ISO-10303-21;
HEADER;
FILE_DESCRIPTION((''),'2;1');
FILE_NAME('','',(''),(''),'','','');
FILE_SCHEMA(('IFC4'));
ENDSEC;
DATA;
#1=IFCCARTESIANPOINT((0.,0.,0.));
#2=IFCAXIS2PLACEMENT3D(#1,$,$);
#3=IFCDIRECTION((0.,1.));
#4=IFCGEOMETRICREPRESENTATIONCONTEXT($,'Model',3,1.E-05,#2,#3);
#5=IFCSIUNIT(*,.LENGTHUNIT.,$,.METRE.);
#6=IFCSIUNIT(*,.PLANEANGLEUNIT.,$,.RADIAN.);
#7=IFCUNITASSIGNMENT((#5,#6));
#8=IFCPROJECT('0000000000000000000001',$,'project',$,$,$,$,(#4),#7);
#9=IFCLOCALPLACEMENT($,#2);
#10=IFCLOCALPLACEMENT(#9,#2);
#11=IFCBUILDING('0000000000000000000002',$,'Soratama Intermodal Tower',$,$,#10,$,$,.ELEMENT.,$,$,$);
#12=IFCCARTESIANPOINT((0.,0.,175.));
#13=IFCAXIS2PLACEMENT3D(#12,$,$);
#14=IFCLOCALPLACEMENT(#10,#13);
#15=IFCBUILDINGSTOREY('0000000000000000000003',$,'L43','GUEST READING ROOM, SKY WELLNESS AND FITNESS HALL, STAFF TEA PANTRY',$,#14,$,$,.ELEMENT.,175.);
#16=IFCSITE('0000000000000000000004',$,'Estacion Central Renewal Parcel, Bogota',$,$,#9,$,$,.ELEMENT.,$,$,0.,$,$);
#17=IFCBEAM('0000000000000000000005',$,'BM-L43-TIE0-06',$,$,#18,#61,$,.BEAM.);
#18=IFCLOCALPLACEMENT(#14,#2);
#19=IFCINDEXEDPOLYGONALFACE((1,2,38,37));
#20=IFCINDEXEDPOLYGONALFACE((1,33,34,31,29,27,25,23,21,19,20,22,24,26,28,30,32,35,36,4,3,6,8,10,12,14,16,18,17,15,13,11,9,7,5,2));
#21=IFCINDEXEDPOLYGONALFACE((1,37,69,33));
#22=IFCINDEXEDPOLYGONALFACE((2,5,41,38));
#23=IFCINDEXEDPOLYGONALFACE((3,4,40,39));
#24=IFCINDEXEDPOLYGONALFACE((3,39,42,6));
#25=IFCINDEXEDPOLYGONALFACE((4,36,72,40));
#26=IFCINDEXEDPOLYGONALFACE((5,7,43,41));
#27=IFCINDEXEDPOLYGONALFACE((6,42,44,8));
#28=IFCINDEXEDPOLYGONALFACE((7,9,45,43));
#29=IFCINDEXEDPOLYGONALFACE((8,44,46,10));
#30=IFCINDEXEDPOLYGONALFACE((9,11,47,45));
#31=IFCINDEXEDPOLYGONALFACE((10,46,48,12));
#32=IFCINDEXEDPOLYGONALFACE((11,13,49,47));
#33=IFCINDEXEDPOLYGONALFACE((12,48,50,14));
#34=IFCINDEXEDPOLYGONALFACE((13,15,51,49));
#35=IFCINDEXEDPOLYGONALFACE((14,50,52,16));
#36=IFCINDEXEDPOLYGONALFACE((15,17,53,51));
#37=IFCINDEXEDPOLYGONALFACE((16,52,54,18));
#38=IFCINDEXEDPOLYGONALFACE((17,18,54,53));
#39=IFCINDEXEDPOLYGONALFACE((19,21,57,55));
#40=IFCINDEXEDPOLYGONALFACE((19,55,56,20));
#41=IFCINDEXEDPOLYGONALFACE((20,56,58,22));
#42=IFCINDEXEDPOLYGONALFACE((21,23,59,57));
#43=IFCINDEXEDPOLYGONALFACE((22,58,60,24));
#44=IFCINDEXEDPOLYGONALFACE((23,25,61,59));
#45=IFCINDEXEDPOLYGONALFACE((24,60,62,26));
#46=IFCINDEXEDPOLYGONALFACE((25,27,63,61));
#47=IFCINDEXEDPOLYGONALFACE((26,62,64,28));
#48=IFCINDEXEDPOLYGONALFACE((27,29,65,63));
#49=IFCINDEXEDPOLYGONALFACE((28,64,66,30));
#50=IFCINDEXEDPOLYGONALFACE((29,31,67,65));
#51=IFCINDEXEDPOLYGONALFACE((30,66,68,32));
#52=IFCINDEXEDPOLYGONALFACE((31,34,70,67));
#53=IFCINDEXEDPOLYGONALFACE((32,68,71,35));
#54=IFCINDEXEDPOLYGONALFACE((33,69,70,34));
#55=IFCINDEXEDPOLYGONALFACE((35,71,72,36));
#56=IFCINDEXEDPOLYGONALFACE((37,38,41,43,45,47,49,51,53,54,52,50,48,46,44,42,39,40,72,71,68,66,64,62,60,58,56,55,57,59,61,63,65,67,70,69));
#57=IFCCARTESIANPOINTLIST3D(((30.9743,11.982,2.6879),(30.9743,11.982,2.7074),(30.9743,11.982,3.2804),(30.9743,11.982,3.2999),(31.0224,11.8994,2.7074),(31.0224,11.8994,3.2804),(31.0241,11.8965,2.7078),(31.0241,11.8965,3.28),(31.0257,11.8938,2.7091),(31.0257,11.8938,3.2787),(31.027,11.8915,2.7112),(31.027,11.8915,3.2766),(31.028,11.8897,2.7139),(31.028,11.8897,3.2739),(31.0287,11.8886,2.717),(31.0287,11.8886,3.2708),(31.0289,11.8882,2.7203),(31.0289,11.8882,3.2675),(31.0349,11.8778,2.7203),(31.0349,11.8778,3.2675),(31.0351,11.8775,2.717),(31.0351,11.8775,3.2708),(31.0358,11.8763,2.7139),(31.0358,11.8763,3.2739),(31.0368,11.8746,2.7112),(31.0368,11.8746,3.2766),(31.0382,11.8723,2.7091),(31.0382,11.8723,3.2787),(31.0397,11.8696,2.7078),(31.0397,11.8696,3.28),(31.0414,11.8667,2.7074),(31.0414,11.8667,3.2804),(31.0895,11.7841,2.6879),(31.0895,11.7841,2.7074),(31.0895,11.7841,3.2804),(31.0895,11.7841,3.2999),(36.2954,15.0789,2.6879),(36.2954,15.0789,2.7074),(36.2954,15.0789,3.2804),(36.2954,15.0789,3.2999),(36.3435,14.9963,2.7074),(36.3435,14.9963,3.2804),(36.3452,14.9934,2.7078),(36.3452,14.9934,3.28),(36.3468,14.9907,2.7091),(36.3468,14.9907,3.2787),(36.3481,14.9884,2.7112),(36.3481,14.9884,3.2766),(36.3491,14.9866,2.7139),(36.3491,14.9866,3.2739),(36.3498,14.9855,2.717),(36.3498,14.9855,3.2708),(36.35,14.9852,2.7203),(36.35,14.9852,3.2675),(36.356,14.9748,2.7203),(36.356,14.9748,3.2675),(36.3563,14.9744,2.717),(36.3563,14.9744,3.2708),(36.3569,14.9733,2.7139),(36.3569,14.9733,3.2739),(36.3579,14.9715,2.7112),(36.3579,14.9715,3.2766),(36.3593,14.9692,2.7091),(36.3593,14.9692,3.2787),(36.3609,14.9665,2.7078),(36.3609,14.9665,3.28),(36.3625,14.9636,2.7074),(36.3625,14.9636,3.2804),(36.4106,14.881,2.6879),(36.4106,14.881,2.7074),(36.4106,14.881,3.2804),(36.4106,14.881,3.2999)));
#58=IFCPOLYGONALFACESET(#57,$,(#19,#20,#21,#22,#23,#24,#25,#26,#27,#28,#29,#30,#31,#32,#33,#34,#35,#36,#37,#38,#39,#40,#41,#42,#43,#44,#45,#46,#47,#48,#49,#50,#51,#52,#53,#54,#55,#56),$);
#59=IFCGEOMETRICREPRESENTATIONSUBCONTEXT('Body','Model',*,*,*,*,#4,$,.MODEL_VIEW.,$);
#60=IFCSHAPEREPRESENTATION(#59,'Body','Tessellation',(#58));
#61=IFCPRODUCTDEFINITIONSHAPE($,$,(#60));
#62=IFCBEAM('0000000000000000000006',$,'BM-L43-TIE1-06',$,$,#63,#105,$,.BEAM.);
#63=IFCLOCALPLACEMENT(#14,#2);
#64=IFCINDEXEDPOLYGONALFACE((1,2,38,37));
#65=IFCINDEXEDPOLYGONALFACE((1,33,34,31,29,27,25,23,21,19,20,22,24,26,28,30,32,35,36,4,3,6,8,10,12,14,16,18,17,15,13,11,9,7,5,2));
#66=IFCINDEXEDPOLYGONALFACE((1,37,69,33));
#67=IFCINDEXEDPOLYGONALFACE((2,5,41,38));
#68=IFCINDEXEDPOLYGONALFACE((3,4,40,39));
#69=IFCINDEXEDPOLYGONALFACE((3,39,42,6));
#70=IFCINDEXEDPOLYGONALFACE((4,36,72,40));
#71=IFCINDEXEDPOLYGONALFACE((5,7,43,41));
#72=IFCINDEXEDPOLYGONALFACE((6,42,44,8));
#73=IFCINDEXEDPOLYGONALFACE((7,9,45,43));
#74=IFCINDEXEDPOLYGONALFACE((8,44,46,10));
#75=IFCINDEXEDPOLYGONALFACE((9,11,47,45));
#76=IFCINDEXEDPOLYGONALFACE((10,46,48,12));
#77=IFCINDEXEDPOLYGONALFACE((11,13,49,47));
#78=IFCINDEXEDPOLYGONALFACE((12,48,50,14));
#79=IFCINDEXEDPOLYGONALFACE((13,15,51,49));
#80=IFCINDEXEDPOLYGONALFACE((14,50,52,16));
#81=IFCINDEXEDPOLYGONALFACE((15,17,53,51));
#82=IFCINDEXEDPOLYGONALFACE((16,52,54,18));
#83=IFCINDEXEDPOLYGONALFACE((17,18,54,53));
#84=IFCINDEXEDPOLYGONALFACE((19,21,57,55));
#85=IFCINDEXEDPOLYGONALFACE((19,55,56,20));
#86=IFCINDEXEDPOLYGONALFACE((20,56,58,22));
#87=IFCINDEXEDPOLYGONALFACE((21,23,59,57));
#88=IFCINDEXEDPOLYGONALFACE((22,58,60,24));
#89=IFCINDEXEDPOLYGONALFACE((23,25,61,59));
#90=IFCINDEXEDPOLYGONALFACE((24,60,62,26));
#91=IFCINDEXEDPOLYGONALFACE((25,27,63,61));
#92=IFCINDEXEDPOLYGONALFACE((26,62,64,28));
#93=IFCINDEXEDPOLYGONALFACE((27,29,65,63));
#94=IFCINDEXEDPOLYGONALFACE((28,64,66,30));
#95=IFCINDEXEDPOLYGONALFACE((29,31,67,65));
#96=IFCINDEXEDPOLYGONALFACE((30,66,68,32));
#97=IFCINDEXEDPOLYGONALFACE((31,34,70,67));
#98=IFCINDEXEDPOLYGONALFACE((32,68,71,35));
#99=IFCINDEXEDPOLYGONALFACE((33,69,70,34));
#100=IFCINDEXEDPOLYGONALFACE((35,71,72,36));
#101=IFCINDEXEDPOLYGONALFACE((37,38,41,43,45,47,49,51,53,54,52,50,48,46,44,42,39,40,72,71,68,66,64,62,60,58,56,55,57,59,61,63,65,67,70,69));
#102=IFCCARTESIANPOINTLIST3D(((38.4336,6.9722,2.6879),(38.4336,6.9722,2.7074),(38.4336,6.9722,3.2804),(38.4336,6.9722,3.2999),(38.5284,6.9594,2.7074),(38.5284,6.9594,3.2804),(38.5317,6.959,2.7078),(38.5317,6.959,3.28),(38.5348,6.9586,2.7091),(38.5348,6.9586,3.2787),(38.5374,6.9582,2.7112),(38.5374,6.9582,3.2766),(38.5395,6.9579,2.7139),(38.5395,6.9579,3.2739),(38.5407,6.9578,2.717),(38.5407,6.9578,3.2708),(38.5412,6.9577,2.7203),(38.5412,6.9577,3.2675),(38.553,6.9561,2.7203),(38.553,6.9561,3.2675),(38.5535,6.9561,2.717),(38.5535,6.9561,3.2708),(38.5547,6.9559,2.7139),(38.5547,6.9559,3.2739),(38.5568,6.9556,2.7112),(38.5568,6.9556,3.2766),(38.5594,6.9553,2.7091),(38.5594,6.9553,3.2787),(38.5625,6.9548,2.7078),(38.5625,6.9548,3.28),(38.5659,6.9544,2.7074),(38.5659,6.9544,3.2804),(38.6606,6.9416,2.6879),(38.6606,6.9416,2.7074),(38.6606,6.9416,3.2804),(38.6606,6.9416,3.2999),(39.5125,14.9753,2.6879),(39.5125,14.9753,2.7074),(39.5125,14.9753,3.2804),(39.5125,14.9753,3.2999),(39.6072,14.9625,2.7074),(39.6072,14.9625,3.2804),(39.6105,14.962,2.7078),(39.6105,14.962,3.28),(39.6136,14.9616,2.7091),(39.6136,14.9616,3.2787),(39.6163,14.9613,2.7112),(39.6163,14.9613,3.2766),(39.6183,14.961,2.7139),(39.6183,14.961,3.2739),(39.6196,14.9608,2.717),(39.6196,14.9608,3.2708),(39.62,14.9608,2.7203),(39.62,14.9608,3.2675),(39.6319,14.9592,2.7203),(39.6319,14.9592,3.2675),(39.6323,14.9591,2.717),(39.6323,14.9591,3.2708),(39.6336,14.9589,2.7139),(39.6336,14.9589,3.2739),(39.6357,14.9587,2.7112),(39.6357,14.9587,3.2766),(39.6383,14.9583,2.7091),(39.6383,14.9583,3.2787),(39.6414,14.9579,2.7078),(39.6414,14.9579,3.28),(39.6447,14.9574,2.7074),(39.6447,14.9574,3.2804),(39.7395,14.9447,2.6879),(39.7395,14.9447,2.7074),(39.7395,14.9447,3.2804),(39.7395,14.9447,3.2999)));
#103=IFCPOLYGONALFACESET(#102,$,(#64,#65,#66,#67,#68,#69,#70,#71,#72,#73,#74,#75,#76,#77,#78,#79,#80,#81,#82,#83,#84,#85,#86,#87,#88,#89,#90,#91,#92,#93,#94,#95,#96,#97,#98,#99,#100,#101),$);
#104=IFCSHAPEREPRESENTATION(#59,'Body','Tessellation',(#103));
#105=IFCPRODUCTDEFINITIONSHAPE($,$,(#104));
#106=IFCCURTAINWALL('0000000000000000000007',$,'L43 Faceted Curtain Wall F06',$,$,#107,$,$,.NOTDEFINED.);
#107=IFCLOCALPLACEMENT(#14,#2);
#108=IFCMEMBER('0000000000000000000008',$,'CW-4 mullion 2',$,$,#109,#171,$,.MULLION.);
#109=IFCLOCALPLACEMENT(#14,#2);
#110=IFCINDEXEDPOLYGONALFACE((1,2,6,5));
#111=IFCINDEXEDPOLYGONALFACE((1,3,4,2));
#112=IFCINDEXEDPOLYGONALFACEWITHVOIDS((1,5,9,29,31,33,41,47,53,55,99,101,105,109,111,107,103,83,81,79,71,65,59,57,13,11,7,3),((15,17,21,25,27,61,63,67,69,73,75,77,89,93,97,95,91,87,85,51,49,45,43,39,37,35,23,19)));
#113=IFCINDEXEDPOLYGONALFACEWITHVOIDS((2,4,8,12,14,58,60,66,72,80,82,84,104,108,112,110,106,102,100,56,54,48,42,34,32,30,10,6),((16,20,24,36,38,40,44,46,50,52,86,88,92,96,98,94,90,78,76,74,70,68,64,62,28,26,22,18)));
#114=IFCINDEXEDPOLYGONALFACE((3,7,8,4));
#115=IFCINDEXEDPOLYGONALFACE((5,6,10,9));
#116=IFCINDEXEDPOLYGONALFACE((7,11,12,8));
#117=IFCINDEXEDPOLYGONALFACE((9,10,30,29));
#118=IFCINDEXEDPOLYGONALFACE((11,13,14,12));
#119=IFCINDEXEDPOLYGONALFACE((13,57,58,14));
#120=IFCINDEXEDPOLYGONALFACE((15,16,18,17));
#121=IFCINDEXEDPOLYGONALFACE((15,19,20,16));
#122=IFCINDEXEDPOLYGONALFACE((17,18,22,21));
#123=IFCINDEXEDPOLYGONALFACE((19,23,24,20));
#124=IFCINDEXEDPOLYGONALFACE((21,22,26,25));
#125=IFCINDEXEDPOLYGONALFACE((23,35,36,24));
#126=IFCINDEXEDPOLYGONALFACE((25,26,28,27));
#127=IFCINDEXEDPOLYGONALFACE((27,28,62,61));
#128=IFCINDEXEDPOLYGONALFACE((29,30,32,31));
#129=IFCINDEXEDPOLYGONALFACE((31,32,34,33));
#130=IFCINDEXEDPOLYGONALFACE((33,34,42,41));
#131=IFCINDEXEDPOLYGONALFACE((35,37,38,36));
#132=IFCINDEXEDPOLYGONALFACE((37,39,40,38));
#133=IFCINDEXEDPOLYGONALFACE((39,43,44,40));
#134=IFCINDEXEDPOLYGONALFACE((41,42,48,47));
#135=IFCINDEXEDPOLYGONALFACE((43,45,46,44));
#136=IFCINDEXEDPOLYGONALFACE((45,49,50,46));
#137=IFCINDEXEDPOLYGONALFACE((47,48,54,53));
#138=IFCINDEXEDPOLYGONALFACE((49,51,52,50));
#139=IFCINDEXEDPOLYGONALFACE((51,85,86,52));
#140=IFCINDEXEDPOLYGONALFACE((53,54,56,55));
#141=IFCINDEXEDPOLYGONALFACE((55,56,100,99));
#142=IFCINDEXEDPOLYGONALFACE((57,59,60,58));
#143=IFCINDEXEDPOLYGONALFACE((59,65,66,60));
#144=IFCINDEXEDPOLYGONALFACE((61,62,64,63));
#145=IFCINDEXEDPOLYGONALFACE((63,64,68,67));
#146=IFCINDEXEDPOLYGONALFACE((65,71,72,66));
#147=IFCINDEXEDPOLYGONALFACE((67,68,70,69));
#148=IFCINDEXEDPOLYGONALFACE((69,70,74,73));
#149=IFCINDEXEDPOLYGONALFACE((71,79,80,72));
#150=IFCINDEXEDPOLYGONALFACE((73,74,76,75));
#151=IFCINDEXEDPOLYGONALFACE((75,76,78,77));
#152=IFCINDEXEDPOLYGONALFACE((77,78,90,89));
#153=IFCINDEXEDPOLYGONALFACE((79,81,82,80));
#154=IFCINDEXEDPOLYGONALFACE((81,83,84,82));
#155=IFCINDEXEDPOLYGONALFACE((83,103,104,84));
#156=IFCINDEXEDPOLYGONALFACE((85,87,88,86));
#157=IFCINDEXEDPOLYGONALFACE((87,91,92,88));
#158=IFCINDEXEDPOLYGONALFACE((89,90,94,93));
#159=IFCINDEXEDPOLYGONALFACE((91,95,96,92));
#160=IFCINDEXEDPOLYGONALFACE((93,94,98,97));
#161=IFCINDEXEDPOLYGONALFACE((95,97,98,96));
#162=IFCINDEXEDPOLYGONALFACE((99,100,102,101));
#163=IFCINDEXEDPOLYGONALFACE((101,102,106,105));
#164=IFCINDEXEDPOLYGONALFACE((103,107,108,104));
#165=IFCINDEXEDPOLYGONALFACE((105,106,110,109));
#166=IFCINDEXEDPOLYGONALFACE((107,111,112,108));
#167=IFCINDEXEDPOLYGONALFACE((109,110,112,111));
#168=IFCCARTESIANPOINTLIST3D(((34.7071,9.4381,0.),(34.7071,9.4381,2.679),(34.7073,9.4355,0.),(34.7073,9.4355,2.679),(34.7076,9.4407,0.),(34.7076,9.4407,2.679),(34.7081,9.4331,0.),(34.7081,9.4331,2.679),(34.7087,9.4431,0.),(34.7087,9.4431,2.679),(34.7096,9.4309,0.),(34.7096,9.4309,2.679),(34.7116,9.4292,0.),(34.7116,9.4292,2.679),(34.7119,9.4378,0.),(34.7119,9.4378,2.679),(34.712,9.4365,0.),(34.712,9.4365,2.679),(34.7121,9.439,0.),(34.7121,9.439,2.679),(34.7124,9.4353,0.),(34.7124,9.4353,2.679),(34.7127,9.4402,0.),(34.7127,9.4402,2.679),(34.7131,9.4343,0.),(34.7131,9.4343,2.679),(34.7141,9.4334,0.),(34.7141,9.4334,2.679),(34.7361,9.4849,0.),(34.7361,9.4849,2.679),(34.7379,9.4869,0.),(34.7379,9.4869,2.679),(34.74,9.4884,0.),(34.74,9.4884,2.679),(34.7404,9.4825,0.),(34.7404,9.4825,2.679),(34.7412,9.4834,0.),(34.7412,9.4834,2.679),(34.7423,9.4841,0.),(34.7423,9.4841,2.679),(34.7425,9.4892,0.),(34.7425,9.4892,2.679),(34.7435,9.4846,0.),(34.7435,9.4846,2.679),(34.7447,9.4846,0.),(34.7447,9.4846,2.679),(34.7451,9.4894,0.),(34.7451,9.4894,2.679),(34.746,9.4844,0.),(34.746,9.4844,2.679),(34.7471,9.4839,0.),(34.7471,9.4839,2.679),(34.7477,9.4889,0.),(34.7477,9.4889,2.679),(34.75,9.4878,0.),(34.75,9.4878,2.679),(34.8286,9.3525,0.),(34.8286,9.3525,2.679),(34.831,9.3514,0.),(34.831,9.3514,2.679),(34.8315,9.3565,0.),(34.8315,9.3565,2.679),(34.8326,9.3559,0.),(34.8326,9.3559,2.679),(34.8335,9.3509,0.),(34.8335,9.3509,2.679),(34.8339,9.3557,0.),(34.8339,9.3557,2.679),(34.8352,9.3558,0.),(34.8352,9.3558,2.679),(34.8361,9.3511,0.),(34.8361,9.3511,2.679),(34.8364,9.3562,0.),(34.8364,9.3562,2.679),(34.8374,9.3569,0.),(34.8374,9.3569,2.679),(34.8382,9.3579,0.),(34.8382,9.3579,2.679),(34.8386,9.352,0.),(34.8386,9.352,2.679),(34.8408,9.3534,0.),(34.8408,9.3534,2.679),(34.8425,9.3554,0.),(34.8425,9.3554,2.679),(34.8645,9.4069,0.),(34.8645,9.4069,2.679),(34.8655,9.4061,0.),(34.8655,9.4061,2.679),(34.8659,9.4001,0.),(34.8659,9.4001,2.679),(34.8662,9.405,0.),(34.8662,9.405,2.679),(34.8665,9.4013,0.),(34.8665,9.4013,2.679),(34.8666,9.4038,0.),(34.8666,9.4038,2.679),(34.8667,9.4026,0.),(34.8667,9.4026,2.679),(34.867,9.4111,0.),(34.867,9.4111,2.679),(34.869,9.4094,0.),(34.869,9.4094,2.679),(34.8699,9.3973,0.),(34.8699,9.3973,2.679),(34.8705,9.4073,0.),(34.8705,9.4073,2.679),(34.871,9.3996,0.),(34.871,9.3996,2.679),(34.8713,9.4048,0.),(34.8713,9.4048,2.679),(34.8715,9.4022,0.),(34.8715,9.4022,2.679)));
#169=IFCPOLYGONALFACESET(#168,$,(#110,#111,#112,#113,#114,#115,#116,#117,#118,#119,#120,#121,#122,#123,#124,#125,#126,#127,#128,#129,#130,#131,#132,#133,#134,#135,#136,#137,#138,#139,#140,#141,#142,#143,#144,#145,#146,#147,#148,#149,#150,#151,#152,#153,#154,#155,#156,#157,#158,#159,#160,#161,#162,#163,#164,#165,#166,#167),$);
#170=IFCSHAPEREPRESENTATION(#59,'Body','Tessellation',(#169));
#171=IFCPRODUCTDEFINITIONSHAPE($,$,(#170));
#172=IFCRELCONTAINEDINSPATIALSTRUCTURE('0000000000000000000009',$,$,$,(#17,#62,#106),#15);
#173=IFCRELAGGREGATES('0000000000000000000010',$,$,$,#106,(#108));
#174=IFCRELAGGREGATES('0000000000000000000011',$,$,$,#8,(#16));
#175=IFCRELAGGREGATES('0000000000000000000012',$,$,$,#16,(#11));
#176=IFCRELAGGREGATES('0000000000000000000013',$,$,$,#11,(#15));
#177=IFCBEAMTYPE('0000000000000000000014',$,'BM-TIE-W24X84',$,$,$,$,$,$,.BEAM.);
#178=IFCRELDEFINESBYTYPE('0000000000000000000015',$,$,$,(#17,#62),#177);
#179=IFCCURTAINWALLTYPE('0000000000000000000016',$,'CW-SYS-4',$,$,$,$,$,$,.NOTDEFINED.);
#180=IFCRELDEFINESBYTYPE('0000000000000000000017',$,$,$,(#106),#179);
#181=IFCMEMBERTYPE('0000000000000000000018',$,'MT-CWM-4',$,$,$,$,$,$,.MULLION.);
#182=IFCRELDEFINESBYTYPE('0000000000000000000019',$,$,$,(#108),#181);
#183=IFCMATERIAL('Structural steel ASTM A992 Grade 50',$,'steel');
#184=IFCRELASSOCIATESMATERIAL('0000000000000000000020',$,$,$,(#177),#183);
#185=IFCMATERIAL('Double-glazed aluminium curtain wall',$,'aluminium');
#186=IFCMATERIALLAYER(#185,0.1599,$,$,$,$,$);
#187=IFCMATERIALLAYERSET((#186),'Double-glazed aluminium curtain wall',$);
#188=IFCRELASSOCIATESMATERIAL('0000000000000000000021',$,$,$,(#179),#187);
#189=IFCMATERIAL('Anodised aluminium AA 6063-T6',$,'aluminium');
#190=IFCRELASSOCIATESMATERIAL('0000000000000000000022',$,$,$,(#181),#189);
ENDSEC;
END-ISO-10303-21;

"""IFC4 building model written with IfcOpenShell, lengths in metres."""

from ifc_helpers import new_model, si_unit, direction, frame, origin, origin_2d, place, context, subcontext, project, spatial, hollow_rectangle, i_section, extrude, material, layer, layer_set, material_profile, profile_set, type_object, element, aggregate, save


model = new_model("IFC4")

# Units and contexts
model_context = context("Model", 3, precision=1e-05, world=origin(), true_north=direction((0.0, 1.0)))
body_context = subcontext(model_context, "Body", "Model", "MODEL_VIEW")
ifc_project = project(units=[si_unit("LENGTHUNIT", "METRE"), si_unit("PLANEANGLEUNIT", "RADIAN")], contexts=[model_context])

# Site, building, storey
site_placement = place(None, origin())
site = spatial("IfcSite", under=ifc_project, at=site_placement, Name="Estacion Central Renewal Parcel, Bogota", CompositionType="ELEMENT", RefElevation=0.0)
building_placement = place(site_placement, origin())
building = spatial("IfcBuilding", under=site, at=building_placement, Name="Soratama Intermodal Tower", CompositionType="ELEMENT")
storey_placement = place(building_placement, frame((0.0, 0.0, 175.0)))
storey = spatial("IfcBuildingStorey", under=building, at=storey_placement, Name="L43", Description="GUEST READING ROOM, SKY WELLNESS AND FITNESS HALL, STAFF TEA PANTRY", CompositionType="ELEMENT", Elevation=175.0)

# Beams
ifc_material_1 = material(Name="Structural steel ASTM A992 Grade 50", Category="steel")
ifc_material_profile_1 = material_profile(ifc_material_1, i_section(OverallWidth=0.229, OverallDepth=0.6121, WebThickness=0.012, FlangeThickness=0.0195, FilletRadius=0.0129, at=origin_2d()), Name="W24X84")
ifc_profile_set_1 = profile_set([ifc_material_profile_1], Name="Structural steel ASTM A992 Grade 50")
beam_type_1 = type_object("IfcBeamType", Name="BM-TIE-W24X84", PredefinedType="BEAM", material=ifc_profile_set_1)
beam_1_placement = place(storey_placement, frame((36.353, 14.98, 2.9939), z_axis=(-0.864275, -0.50302, 0.0), x_axis=(0.50302, -0.864275, 0.0)))
element("IfcBeam", 1, at=beam_1_placement, inside=storey, type_object=beam_type_1, Name="BM-L43-TIE0-06", PredefinedType="BEAM", context=body_context, shape_type="SweptSolid", body=[
    extrude(i_section(OverallWidth=0.229, OverallDepth=0.6121, WebThickness=0.012, FlangeThickness=0.0195, FilletRadius=0.0129, at=origin_2d()), origin(), (0.0, 0.0, 1.0), 6.1567),
])
beam_2_placement = place(storey_placement, frame((39.626, 14.96, 2.9939), z_axis=(-0.133599, -0.991035, 0.0), x_axis=(0.991035, -0.133599, 0.0)))
element("IfcBeam", 2, at=beam_2_placement, inside=storey, type_object=beam_type_1, Name="BM-L43-TIE1-06", PredefinedType="BEAM", context=body_context, shape_type="SweptSolid", body=[
    extrude(i_section(OverallWidth=0.229, OverallDepth=0.6121, WebThickness=0.012, FlangeThickness=0.0195, FilletRadius=0.0129, at=origin_2d()), origin(), (0.0, 0.0, 1.0), 8.0754),
])

# Curtain wall, member
ifc_material_2 = material(Name="Double-glazed aluminium curtain wall", Category="aluminium")
ifc_layer_1 = layer(ifc_material_2, 0.1599)
ifc_layer_set_1 = layer_set([ifc_layer_1], Name="Double-glazed aluminium curtain wall")
curtain_wall_type = type_object("IfcCurtainWallType", Name="CW-SYS-4", PredefinedType="NOTDEFINED", material=ifc_layer_set_1)
curtain_wall_placement = place(storey_placement, origin())
curtain_wall = element("IfcCurtainWall", 3, at=curtain_wall_placement, inside=storey, type_object=curtain_wall_type, Name="L43 Faceted Curtain Wall F06", PredefinedType="NOTDEFINED")
ifc_material_3 = material(Name="Anodised aluminium AA 6063-T6", Category="aluminium")
ifc_material_profile_2 = material_profile(ifc_material_3, hollow_rectangle(XDim=0.0701, YDim=0.1599, WallThickness=0.0049, InnerFilletRadius=0.0049, OuterFilletRadius=0.01, at=origin_2d()), Name="CWM160X70X5")
ifc_profile_set_2 = profile_set([ifc_material_profile_2], Name="Anodised aluminium AA 6063-T6")
member_type_1 = type_object("IfcMemberType", Name="MT-CWM-4", PredefinedType="MULLION", material=ifc_profile_set_2)
member_1_placement = place(storey_placement, frame((34.7893, 9.4202, 0.0), z_axis=(0.0, 0.0, 1.0), x_axis=(0.548142, 0.836385, 0.0)))
member_1 = element("IfcMember", 4, at=member_1_placement, type_object=member_type_1, Name="CW-4 mullion 2", PredefinedType="MULLION", context=body_context, shape_type="SweptSolid", body=[
    extrude(hollow_rectangle(XDim=0.0701, YDim=0.1599, WallThickness=0.0049, InnerFilletRadius=0.0049, OuterFilletRadius=0.01, at=origin_2d()), origin(), (0.0, 0.0, 1.0), 2.679),
])
aggregate(curtain_wall, [member_1])

save(model, "model.ifc")
